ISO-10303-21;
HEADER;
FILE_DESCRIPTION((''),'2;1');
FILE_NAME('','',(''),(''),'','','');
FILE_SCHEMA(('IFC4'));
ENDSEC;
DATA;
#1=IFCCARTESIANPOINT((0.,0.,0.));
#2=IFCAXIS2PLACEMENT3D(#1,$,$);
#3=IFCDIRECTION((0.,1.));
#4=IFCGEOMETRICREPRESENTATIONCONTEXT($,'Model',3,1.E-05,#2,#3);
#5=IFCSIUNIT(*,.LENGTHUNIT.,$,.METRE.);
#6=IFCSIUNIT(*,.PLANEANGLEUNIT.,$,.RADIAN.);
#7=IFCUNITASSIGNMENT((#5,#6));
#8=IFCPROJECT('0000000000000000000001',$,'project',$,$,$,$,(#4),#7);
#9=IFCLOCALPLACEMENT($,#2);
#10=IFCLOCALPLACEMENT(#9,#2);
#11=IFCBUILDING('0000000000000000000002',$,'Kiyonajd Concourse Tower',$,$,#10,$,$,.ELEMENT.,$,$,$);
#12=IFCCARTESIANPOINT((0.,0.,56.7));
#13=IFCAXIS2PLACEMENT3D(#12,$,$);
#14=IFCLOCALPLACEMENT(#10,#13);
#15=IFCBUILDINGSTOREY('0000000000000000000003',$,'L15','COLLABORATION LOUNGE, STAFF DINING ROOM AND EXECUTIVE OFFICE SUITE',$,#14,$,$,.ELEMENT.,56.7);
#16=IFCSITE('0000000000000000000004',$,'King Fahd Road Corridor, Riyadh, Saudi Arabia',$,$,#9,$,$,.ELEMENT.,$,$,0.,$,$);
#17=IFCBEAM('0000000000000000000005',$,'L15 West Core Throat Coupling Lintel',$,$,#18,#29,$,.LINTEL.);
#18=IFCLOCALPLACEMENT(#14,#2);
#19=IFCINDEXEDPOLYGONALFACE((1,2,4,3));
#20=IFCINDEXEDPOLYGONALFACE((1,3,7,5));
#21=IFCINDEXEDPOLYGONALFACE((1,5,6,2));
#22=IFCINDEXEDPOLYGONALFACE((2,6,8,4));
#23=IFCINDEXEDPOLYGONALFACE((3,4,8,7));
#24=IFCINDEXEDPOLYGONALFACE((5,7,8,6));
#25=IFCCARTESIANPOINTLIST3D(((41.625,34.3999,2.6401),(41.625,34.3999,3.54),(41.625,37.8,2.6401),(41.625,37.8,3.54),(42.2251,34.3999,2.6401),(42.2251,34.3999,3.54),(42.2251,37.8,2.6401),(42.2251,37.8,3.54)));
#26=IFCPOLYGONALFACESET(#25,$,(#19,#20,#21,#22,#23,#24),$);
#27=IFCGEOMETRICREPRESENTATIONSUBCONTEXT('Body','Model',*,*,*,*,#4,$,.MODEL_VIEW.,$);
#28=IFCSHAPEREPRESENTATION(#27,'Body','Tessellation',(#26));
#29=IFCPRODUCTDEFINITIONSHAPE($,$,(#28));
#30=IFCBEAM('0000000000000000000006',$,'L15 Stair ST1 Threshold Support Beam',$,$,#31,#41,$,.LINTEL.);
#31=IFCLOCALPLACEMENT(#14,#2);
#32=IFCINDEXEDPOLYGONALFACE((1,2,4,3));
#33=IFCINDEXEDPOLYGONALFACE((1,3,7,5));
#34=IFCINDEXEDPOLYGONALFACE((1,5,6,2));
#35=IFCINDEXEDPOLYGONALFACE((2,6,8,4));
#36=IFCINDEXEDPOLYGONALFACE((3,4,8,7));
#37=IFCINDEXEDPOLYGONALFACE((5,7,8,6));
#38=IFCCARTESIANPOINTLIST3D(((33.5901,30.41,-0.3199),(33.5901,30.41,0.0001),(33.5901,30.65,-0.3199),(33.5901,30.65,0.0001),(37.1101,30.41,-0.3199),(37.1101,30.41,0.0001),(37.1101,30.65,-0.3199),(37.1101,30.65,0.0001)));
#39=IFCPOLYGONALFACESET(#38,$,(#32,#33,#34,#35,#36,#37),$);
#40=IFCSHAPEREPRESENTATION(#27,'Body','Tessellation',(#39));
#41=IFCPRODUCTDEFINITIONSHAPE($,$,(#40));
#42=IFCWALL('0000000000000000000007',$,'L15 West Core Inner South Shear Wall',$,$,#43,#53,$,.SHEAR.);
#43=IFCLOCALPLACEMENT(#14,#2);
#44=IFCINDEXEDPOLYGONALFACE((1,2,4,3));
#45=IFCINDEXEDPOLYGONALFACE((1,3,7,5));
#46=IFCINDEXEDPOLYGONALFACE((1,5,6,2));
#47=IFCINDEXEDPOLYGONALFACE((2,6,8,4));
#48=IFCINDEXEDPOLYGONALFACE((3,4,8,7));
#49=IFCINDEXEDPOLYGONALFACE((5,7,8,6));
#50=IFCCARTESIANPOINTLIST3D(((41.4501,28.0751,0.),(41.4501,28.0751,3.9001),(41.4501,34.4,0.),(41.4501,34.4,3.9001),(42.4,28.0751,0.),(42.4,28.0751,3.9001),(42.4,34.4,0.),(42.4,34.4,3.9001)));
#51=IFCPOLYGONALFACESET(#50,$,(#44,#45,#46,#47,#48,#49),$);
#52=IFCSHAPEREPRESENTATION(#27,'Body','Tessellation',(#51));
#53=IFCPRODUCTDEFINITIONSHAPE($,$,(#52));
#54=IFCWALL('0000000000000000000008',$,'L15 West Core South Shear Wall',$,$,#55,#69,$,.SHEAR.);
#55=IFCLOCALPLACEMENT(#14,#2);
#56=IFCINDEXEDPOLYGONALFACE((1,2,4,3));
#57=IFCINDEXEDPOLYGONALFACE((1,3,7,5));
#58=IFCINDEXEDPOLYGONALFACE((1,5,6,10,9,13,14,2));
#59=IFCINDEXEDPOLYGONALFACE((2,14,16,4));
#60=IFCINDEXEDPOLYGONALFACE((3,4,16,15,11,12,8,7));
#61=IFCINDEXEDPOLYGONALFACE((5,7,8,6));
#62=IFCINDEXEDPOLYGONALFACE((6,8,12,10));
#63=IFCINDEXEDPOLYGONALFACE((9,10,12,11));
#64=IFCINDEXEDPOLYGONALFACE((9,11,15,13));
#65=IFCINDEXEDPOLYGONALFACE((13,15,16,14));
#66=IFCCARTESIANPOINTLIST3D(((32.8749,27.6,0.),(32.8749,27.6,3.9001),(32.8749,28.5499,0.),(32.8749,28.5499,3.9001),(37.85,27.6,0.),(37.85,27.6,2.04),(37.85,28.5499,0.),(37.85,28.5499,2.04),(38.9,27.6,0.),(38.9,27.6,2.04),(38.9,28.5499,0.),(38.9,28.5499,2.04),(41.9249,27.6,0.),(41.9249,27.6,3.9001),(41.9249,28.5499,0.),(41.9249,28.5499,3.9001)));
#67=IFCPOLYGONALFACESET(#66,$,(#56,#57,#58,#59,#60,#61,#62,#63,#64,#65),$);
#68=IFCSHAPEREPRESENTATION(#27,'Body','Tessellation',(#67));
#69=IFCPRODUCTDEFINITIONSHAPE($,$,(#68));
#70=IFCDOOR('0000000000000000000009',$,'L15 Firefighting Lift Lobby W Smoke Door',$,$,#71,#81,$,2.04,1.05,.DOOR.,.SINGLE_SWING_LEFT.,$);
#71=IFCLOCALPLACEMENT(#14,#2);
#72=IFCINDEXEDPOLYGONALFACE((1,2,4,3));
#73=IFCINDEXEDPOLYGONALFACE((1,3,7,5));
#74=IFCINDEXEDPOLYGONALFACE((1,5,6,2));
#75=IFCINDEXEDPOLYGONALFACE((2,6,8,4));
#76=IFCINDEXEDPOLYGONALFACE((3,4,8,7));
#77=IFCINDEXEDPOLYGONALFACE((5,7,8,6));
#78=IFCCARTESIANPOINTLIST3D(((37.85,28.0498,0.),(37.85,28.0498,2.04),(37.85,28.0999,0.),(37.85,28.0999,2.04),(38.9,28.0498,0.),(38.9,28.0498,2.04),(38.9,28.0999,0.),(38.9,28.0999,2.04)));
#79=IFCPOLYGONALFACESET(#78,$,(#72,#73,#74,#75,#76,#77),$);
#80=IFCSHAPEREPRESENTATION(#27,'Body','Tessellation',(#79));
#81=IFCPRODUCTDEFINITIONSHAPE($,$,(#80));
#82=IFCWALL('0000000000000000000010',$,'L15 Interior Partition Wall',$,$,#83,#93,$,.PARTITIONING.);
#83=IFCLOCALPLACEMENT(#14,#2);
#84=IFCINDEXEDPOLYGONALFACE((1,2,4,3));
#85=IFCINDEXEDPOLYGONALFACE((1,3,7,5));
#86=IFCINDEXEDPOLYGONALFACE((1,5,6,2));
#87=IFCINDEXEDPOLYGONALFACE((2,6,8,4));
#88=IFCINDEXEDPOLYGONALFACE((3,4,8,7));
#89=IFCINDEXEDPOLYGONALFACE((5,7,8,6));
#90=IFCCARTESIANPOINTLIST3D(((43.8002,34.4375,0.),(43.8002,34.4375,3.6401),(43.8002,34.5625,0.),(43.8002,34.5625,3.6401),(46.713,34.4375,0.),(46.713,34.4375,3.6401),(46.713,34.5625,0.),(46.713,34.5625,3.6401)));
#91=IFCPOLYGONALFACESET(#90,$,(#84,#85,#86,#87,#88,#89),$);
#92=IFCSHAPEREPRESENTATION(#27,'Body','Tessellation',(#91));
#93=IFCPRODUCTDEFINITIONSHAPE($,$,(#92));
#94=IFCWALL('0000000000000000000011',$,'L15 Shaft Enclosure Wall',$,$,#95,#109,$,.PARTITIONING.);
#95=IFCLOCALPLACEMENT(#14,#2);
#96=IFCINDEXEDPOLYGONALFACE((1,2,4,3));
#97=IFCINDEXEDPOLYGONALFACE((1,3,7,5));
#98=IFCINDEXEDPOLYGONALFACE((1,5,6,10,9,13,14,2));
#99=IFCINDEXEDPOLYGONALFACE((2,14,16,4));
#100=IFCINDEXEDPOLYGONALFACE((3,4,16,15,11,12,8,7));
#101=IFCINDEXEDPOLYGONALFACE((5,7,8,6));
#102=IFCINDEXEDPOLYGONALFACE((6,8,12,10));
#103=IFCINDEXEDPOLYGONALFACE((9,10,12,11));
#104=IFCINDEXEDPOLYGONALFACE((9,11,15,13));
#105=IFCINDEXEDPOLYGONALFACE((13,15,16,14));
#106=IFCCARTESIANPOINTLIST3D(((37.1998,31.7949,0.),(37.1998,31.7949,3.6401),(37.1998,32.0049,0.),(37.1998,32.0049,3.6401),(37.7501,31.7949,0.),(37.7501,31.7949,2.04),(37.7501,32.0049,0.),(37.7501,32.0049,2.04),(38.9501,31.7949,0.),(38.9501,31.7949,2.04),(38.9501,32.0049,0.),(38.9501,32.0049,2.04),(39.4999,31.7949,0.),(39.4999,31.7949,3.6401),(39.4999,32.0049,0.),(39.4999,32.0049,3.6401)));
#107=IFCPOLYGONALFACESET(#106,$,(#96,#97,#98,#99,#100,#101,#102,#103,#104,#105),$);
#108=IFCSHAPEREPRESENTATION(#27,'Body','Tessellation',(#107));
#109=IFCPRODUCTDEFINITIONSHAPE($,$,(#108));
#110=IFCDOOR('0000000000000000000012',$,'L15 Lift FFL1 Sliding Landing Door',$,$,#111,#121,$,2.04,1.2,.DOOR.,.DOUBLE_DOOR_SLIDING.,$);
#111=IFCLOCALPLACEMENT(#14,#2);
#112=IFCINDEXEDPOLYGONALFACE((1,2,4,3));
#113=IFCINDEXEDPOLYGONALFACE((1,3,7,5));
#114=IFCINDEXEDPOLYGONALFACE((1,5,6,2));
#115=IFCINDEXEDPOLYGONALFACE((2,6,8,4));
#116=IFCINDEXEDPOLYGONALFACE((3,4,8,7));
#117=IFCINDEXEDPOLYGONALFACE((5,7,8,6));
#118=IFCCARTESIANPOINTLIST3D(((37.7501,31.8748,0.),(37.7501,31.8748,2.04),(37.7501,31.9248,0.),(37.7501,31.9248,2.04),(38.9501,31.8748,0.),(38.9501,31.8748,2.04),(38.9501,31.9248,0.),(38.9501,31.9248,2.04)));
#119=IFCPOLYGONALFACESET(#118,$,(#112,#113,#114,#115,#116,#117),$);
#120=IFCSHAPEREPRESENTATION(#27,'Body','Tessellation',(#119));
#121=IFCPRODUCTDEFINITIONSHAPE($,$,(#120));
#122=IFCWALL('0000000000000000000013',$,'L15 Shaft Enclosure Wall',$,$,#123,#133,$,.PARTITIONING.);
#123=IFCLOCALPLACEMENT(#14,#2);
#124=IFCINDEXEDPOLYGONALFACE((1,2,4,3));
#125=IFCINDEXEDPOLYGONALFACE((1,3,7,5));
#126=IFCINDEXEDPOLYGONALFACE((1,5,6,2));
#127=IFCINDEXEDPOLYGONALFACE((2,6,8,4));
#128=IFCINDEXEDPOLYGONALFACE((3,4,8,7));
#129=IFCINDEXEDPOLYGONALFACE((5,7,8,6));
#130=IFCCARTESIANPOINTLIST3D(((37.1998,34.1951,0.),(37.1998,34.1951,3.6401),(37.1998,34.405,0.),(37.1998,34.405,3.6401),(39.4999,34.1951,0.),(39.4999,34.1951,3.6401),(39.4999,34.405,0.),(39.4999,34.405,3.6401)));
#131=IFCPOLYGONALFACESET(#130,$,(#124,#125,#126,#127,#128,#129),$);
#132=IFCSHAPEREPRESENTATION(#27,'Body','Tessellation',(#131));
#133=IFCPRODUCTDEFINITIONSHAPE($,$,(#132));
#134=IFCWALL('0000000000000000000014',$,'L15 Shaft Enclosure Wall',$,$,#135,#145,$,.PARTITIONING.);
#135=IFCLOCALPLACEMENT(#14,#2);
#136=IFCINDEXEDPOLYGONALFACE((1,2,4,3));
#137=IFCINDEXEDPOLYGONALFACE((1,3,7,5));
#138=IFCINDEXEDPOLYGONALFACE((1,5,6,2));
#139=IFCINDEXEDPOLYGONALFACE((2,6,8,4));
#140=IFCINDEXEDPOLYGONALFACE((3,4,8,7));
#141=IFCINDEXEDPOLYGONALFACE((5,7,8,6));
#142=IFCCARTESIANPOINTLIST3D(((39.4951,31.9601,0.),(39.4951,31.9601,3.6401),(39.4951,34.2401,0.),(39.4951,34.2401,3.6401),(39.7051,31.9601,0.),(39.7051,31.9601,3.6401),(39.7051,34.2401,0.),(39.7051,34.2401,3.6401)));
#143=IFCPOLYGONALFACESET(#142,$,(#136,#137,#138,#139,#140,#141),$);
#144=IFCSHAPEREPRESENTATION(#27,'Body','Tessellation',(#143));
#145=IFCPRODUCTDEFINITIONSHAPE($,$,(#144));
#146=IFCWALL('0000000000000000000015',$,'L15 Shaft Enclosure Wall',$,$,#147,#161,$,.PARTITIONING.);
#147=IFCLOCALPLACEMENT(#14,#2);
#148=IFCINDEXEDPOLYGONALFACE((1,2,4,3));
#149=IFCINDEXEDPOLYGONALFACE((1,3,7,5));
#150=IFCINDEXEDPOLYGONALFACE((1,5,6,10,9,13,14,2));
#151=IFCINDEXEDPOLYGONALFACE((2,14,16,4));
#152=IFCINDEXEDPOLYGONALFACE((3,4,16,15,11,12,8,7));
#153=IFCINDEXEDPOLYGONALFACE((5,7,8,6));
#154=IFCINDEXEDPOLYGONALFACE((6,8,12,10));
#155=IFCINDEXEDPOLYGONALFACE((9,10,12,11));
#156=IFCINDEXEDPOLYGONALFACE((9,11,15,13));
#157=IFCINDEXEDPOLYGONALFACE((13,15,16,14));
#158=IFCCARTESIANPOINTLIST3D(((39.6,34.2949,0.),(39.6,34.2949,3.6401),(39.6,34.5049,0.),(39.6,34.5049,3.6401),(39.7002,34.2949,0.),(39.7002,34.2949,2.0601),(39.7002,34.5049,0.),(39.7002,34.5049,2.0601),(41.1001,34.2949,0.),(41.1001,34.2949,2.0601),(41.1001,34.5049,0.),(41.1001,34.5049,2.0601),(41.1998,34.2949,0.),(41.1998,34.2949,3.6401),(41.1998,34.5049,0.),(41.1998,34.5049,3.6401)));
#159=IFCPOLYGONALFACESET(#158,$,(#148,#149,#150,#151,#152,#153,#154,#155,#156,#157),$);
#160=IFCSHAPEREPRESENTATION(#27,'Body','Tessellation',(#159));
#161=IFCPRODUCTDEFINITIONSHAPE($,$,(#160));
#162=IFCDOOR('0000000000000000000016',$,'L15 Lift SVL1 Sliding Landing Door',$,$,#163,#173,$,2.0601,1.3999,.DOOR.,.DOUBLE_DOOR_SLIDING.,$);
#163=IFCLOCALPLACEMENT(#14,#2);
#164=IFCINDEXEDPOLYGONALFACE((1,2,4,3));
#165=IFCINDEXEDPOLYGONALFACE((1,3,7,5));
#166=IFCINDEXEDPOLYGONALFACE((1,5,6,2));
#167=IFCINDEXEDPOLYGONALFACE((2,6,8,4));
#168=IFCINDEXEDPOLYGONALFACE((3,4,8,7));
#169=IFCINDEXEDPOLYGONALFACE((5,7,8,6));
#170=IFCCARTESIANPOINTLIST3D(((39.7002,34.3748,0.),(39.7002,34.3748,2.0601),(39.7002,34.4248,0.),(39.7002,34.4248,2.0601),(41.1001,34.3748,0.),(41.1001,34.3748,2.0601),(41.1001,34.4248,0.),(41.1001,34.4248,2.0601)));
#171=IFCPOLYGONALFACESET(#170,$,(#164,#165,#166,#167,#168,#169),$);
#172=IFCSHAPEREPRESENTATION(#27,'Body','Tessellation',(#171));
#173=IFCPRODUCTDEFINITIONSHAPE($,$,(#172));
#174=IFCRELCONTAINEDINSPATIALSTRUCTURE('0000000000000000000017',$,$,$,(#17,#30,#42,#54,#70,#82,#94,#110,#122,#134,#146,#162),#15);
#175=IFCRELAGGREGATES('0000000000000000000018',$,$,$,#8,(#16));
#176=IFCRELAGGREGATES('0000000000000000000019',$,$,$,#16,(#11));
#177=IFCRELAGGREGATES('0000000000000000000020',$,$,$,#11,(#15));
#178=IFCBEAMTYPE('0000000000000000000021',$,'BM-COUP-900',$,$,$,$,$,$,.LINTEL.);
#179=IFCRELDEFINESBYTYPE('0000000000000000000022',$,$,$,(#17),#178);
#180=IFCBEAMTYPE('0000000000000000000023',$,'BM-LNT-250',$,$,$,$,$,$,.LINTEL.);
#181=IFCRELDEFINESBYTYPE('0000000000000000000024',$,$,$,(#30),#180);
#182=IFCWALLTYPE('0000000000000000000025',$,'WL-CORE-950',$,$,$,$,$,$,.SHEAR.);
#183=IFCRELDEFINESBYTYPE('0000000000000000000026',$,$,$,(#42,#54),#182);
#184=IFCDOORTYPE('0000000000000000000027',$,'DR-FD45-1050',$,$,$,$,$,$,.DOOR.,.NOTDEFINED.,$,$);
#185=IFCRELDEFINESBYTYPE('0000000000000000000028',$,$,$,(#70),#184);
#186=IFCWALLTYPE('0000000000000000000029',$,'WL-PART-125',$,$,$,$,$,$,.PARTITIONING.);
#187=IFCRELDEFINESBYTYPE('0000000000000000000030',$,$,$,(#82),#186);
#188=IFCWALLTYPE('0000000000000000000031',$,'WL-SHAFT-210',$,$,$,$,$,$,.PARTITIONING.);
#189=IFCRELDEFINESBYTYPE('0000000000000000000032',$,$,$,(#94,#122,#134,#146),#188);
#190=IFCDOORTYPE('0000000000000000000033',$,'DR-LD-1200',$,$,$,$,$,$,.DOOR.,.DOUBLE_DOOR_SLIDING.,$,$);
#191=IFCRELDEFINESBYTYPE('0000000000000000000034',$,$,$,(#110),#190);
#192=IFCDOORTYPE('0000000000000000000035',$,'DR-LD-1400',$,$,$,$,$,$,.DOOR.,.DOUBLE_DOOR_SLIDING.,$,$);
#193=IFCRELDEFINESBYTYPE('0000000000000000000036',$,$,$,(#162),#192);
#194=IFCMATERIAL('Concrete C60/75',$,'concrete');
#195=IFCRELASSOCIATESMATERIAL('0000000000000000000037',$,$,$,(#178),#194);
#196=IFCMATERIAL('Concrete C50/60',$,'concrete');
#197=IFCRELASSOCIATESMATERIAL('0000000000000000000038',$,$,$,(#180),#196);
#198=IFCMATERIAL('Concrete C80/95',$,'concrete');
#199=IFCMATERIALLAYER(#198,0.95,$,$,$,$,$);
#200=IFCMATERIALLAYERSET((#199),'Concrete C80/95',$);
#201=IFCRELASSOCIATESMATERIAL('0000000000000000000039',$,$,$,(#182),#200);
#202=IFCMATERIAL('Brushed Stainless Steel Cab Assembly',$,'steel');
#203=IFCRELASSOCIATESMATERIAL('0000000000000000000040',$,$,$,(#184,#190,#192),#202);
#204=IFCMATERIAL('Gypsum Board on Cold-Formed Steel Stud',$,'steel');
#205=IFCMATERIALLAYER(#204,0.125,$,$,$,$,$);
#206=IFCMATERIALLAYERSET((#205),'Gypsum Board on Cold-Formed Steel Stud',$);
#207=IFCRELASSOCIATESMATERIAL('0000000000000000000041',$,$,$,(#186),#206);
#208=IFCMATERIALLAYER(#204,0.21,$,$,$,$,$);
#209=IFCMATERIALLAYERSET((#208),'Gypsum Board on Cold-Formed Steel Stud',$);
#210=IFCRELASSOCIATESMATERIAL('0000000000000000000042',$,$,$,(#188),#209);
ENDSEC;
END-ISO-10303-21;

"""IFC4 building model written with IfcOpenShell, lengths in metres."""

from ifc_helpers import new_model, si_unit, direction, frame, frame_2d, origin, origin_2d, place, context, subcontext, project, spatial, rectangle, extrude, material, layer, layer_set, material_profile, profile_set, type_object, element, fill, save


model = new_model("IFC4")

# Units and contexts
model_context = context("Model", 3, precision=1e-05, world=origin(), true_north=direction((0.0, 1.0)))
body_context = subcontext(model_context, "Body", "Model", "MODEL_VIEW")
ifc_project = project(units=[si_unit("LENGTHUNIT", "METRE"), si_unit("PLANEANGLEUNIT", "RADIAN")], contexts=[model_context])

# Site, building, storey
site_placement = place(None, origin())
site = spatial("IfcSite", under=ifc_project, at=site_placement, Name="King Fahd Road Corridor, Riyadh, Saudi Arabia", CompositionType="ELEMENT", RefElevation=0.0)
building_placement = place(site_placement, origin())
building = spatial("IfcBuilding", under=site, at=building_placement, Name="Kiyonajd Concourse Tower", CompositionType="ELEMENT")
storey_placement = place(building_placement, frame((0.0, 0.0, 56.7)))
storey = spatial("IfcBuildingStorey", under=building, at=storey_placement, Name="L15", Description="COLLABORATION LOUNGE, STAFF DINING ROOM AND EXECUTIVE OFFICE SUITE", CompositionType="ELEMENT", Elevation=56.7)

# Beams
ifc_material_1 = material(Name="Concrete C60/75", Category="concrete")
ifc_material_profile_1 = material_profile(ifc_material_1, rectangle(XDim=0.6001, YDim=0.8999, at=origin_2d()), Name="RCBM-600x900")
ifc_profile_set_1 = profile_set([ifc_material_profile_1], Name="Concrete C60/75")
beam_type_1 = type_object("IfcBeamType", Name="BM-COUP-900", PredefinedType="LINTEL", material=ifc_profile_set_1)
beam_1_placement = place(storey_placement, frame((41.925, 34.3999, 3.0901), z_axis=(0.0, 1.0, 0.0), x_axis=(-1.0, 0.0, 0.0)))
element("IfcBeam", 1, at=beam_1_placement, inside=storey, type_object=beam_type_1, Name="L15 West Core Throat Coupling Lintel", PredefinedType="LINTEL", context=body_context, shape_type="SweptSolid", body=[
    extrude(rectangle(XDim=0.6001, YDim=0.8999, at=origin_2d()), origin(), (0.0, 0.0, 1.0), 3.4001),
])
ifc_material_2 = material(Name="Concrete C50/60", Category="concrete")
ifc_material_profile_2 = material_profile(ifc_material_2, rectangle(XDim=0.24, YDim=0.3201, at=origin_2d()), Name="RCBM-240x320")
ifc_profile_set_2 = profile_set([ifc_material_profile_2], Name="Concrete C50/60")
beam_type_2 = type_object("IfcBeamType", Name="BM-LNT-250", PredefinedType="LINTEL", material=ifc_profile_set_2)
beam_2_placement = place(storey_placement, frame((33.5901, 30.53, -0.1599), z_axis=(1.0, 0.0, 0.0), x_axis=(0.0, 1.0, 0.0)))
element("IfcBeam", 2, at=beam_2_placement, inside=storey, type_object=beam_type_2, Name="L15 Stair ST1 Threshold Support Beam", PredefinedType="LINTEL", context=body_context, shape_type="SweptSolid", body=[
    extrude(rectangle(XDim=0.24, YDim=0.3201, at=origin_2d()), origin(), (0.0, 0.0, 1.0), 3.52),
])

# Wall
ifc_material_3 = material(Name="Concrete C80/95", Category="concrete")
ifc_layer_1 = layer(ifc_material_3, 0.95)
ifc_layer_set_1 = layer_set([ifc_layer_1], Name="Concrete C80/95")
wall_type_1 = type_object("IfcWallType", Name="WL-CORE-950", PredefinedType="SHEAR", material=ifc_layer_set_1)
wall_1_placement = place(storey_placement, frame((41.925, 28.075, 0.0), z_axis=(0.0, 0.0, 1.0), x_axis=(0.0, 1.0, 0.0)))
element("IfcWall", 3, at=wall_1_placement, inside=storey, type_object=wall_type_1, Name="L15 West Core Inner South Shear Wall", PredefinedType="SHEAR", context=body_context, shape_type="SweptSolid", body=[
    extrude(rectangle(XDim=6.325, YDim=0.95, at=frame_2d((3.1626, 0.0))), origin(), (0.0, 0.0, 1.0), 3.9001),
])

# Wall, opening, door
wall_2_placement = place(storey_placement, frame((32.875, 28.075, 0.0), z_axis=(0.0, 0.0, 1.0), x_axis=(1.0, 0.0, 0.0)))
wall_2 = element("IfcWall", 4, at=wall_2_placement, inside=storey, type_object=wall_type_1, Name="L15 West Core South Shear Wall", PredefinedType="SHEAR", context=body_context, shape_type="SweptSolid", body=[
    extrude(rectangle(XDim=9.05, YDim=0.95, at=frame_2d((4.5249, 0.0))), origin(), (0.0, 0.0, 1.0), 3.9001),
])
opening_1_placement = place(wall_2_placement, frame((4.9751, 0.0, 0.0)))
opening_1 = element("IfcOpeningElement", 5, at=opening_1_placement, cuts=wall_2, PredefinedType="OPENING", context=body_context, shape_type="SweptSolid", body=[
    extrude(rectangle(XDim=1.05, YDim=2.04, at=frame_2d((0.5249, 1.02))), frame((0.0, 0.4849, 0.0), z_axis=(0.0, -1.0, 0.0), x_axis=(1.0, 0.0, 0.0)), (0.0, 0.0, 1.0), 0.97),
])
ifc_material_4 = material(Name="Brushed Stainless Steel Cab Assembly", Category="steel")
door_type_1 = type_object("IfcDoorType", Name="DR-FD45-1050", OperationType="NOTDEFINED", PredefinedType="DOOR", material=ifc_material_4)
door_1_placement = place(opening_1_placement, origin())
door_1 = element("IfcDoor", 6, at=door_1_placement, inside=storey, type_object=door_type_1, Name="L15 Firefighting Lift Lobby W Smoke Door", OperationType="SINGLE_SWING_LEFT", OverallHeight=2.04, OverallWidth=1.05, PredefinedType="DOOR", context=body_context, shape_type="SweptSolid", body=[
    extrude(rectangle(XDim=1.05, YDim=2.04, at=frame_2d((0.5249, 1.02))), frame((0.0, 0.0249, 0.0), z_axis=(0.0, -1.0, 0.0), x_axis=(1.0, 0.0, 0.0)), (0.0, 0.0, 1.0), 0.05),
])
fill(opening_1, door_1)

# Wall
ifc_material_5 = material(Name="Gypsum Board on Cold-Formed Steel Stud", Category="steel")
ifc_layer_2 = layer(ifc_material_5, 0.125)
ifc_layer_set_2 = layer_set([ifc_layer_2], Name="Gypsum Board on Cold-Formed Steel Stud")
wall_type_2 = type_object("IfcWallType", Name="WL-PART-125", PredefinedType="PARTITIONING", material=ifc_layer_set_2)
wall_3_placement = place(storey_placement, frame((43.8, 34.5, 0.0), z_axis=(0.0, 0.0, 1.0), x_axis=(1.0, 0.0, 0.0)))
element("IfcWall", 7, at=wall_3_placement, inside=storey, type_object=wall_type_2, Name="L15 Interior Partition Wall", PredefinedType="PARTITIONING", context=body_context, shape_type="SweptSolid", body=[
    extrude(rectangle(XDim=2.9128, YDim=0.125, at=frame_2d((1.4565, 0.0))), origin(), (0.0, 0.0, 1.0), 3.6401),
])

# Wall, opening, door
ifc_layer_3 = layer(ifc_material_5, 0.21)
ifc_layer_set_3 = layer_set([ifc_layer_3], Name="Gypsum Board on Cold-Formed Steel Stud")
wall_type_3 = type_object("IfcWallType", Name="WL-SHAFT-210", PredefinedType="PARTITIONING", material=ifc_layer_set_3)
wall_4_placement = place(storey_placement, frame((37.2, 31.8999, 0.0), z_axis=(0.0, 0.0, 1.0), x_axis=(1.0, 0.0, 0.0)))
wall_4 = element("IfcWall", 8, at=wall_4_placement, inside=storey, type_object=wall_type_3, Name="L15 Shaft Enclosure Wall", PredefinedType="PARTITIONING", context=body_context, shape_type="SweptSolid", body=[
    extrude(rectangle(XDim=2.3, YDim=0.21, at=frame_2d((1.1499, 0.0))), origin(), (0.0, 0.0, 1.0), 3.6401),
])
opening_2_placement = place(wall_4_placement, frame((0.55, 0.0, 0.0)))
opening_2 = element("IfcOpeningElement", 9, at=opening_2_placement, cuts=wall_4, PredefinedType="OPENING", context=body_context, shape_type="SweptSolid", body=[
    extrude(rectangle(XDim=1.2, YDim=2.04, at=frame_2d((0.6001, 1.02))), frame((0.0, 0.115, 0.0), z_axis=(0.0, -1.0, 0.0), x_axis=(1.0, 0.0, 0.0)), (0.0, 0.0, 1.0), 0.23),
])
door_type_2 = type_object("IfcDoorType", Name="DR-LD-1200", OperationType="DOUBLE_DOOR_SLIDING", PredefinedType="DOOR", material=ifc_material_4)
door_2_placement = place(opening_2_placement, origin())
door_2 = element("IfcDoor", 10, at=door_2_placement, inside=storey, type_object=door_type_2, Name="L15 Lift FFL1 Sliding Landing Door", OperationType="DOUBLE_DOOR_SLIDING", OverallHeight=2.04, OverallWidth=1.2, PredefinedType="DOOR", context=body_context, shape_type="SweptSolid", body=[
    extrude(rectangle(XDim=1.2, YDim=2.04, at=frame_2d((0.6001, 1.02))), frame((0.0, 0.0249, 0.0), z_axis=(0.0, -1.0, 0.0), x_axis=(1.0, 0.0, 0.0)), (0.0, 0.0, 1.0), 0.05),
])
fill(opening_2, door_2)

# Walls
wall_5_placement = place(storey_placement, frame((37.2, 34.3, 0.0), z_axis=(0.0, 0.0, 1.0), x_axis=(1.0, 0.0, 0.0)))
element("IfcWall", 11, at=wall_5_placement, inside=storey, type_object=wall_type_3, Name="L15 Shaft Enclosure Wall", PredefinedType="PARTITIONING", context=body_context, shape_type="SweptSolid", body=[
    extrude(rectangle(XDim=2.3, YDim=0.21, at=frame_2d((1.1499, 0.0))), origin(), (0.0, 0.0, 1.0), 3.6401),
])
wall_6_placement = place(storey_placement, frame((39.6001, 31.96, 0.0), z_axis=(0.0, 0.0, 1.0), x_axis=(0.0, 1.0, 0.0)))
element("IfcWall", 12, at=wall_6_placement, inside=storey, type_object=wall_type_3, Name="L15 Shaft Enclosure Wall", PredefinedType="PARTITIONING", context=body_context, shape_type="SweptSolid", body=[
    extrude(rectangle(XDim=2.28, YDim=0.21, at=frame_2d((1.1401, 0.0))), origin(), (0.0, 0.0, 1.0), 3.6401),
])

# Wall, opening, door
wall_7_placement = place(storey_placement, frame((39.6001, 34.3999, 0.0), z_axis=(0.0, 0.0, 1.0), x_axis=(1.0, 0.0, 0.0)))
wall_7 = element("IfcWall", 13, at=wall_7_placement, inside=storey, type_object=wall_type_3, Name="L15 Shaft Enclosure Wall", PredefinedType="PARTITIONING", context=body_context, shape_type="SweptSolid", body=[
    extrude(rectangle(XDim=1.5999, YDim=0.21, at=frame_2d((0.7998, 0.0))), origin(), (0.0, 0.0, 1.0), 3.6401),
])
opening_3_placement = place(wall_7_placement, frame((0.1001, 0.0, 0.0)))
opening_3 = element("IfcOpeningElement", 14, at=opening_3_placement, cuts=wall_7, PredefinedType="OPENING", context=body_context, shape_type="SweptSolid", body=[
    extrude(rectangle(XDim=1.3999, YDim=2.0601, at=frame_2d((0.7, 1.03))), frame((0.0, 0.115, 0.0), z_axis=(0.0, -1.0, 0.0), x_axis=(1.0, 0.0, 0.0)), (0.0, 0.0, 1.0), 0.23),
])
door_type_3 = type_object("IfcDoorType", Name="DR-LD-1400", OperationType="DOUBLE_DOOR_SLIDING", PredefinedType="DOOR", material=ifc_material_4)
door_3_placement = place(opening_3_placement, origin())
door_3 = element("IfcDoor", 15, at=door_3_placement, inside=storey, type_object=door_type_3, Name="L15 Lift SVL1 Sliding Landing Door", OperationType="DOUBLE_DOOR_SLIDING", OverallHeight=2.0601, OverallWidth=1.3999, PredefinedType="DOOR", context=body_context, shape_type="SweptSolid", body=[
    extrude(rectangle(XDim=1.3999, YDim=2.0601, at=frame_2d((0.7, 1.03))), frame((0.0, 0.0249, 0.0), z_axis=(0.0, -1.0, 0.0), x_axis=(1.0, 0.0, 0.0)), (0.0, 0.0, 1.0), 0.05),
])
fill(opening_3, door_3)

save(model, "model.ifc")
